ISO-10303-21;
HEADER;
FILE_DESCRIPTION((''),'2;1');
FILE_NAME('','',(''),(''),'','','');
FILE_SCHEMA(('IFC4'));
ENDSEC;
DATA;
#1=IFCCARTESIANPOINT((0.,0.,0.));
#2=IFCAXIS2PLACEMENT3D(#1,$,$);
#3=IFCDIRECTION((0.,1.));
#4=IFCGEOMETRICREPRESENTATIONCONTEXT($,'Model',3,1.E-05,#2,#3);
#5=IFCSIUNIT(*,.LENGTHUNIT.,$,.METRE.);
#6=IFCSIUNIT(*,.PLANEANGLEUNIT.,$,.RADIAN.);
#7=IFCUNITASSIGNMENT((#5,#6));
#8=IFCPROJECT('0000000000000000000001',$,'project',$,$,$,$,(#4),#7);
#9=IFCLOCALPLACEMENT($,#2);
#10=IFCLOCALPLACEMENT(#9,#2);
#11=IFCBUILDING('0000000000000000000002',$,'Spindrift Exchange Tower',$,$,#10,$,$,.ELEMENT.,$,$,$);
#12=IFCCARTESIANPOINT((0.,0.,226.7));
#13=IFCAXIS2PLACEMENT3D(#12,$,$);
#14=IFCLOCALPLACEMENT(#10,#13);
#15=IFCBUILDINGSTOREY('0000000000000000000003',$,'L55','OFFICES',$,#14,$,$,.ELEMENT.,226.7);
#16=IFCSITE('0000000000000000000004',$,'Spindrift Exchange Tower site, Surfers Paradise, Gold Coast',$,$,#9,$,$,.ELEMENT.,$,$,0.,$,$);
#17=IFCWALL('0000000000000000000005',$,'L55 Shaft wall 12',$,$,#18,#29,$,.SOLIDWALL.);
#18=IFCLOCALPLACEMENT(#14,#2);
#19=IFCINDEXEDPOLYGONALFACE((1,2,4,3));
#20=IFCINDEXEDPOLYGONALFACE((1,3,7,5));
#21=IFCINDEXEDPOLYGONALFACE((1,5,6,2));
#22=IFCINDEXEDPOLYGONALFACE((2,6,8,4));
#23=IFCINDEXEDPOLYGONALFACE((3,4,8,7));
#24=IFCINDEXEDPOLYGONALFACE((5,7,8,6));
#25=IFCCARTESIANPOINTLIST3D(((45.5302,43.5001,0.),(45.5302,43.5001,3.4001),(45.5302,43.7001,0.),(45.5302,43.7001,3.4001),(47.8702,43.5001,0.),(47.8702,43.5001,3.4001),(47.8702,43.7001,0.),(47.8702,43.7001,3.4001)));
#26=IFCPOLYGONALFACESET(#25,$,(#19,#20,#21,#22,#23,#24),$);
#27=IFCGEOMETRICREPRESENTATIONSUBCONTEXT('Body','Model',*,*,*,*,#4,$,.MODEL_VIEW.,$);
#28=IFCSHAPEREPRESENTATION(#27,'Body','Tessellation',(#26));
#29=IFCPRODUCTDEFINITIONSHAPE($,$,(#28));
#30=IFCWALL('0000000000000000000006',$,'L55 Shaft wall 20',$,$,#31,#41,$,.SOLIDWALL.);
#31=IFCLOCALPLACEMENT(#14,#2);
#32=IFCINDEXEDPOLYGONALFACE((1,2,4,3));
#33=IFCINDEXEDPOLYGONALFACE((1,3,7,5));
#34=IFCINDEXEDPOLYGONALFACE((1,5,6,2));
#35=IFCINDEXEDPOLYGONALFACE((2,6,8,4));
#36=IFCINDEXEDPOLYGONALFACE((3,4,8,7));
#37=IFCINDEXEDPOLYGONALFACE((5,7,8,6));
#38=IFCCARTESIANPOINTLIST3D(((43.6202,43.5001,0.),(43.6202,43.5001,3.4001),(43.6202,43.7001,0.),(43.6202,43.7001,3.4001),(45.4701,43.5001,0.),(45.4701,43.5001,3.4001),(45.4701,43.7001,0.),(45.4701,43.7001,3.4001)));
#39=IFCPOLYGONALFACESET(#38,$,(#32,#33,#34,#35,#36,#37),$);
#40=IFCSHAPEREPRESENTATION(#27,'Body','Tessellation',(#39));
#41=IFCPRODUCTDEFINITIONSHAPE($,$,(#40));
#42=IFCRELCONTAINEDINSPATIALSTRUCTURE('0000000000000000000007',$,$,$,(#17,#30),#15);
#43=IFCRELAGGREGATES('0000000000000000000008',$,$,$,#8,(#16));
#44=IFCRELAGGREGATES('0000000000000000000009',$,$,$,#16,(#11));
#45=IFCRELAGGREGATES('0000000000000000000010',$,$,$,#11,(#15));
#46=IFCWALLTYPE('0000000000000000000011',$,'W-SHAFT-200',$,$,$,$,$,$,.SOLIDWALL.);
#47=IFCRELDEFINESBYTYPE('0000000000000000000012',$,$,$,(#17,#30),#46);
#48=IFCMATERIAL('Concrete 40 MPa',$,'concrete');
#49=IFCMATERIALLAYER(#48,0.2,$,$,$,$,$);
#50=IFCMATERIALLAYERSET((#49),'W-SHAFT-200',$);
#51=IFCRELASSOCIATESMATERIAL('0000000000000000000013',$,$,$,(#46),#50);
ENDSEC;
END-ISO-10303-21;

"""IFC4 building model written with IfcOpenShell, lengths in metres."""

from ifc_helpers import new_model, si_unit, direction, frame, frame_2d, origin, place, context, subcontext, project, spatial, rectangle, extrude, material, layer, layer_set, type_object, element, save


model = new_model("IFC4")

# Units and contexts
model_context = context("Model", 3, precision=1e-05, world=origin(), true_north=direction((0.0, 1.0)))
body_context = subcontext(model_context, "Body", "Model", "MODEL_VIEW")
ifc_project = project(units=[si_unit("LENGTHUNIT", "METRE"), si_unit("PLANEANGLEUNIT", "RADIAN")], contexts=[model_context])

# Site, building, storey
site_placement = place(None, origin())
site = spatial("IfcSite", under=ifc_project, at=site_placement, Name="Spindrift Exchange Tower site, Surfers Paradise, Gold Coast", CompositionType="ELEMENT", RefElevation=0.0)
building_placement = place(site_placement, origin())
building = spatial("IfcBuilding", under=site, at=building_placement, Name="Spindrift Exchange Tower", CompositionType="ELEMENT")
storey_placement = place(building_placement, frame((0.0, 0.0, 226.7)))
storey = spatial("IfcBuildingStorey", under=building, at=storey_placement, Name="L55", Description="OFFICES", CompositionType="ELEMENT", Elevation=226.7)

# Shared definitions
ifc_material_1 = material(Name="Concrete 40 MPa", Category="concrete")
ifc_layer_1 = layer(ifc_material_1, 0.2)
ifc_layer_set_1 = layer_set([ifc_layer_1], Name="W-SHAFT-200")
wall_type_1 = type_object("IfcWallType", Name="W-SHAFT-200", PredefinedType="SOLIDWALL", material=ifc_layer_set_1)

# Walls
wall_1_placement = place(storey_placement, frame((47.8701, 43.6001, 0.0), z_axis=(0.0, 0.0, 1.0), x_axis=(-1.0, 0.0, 0.0)))
element("IfcWall", 1, at=wall_1_placement, inside=storey, type_object=wall_type_1, Name="L55 Shaft wall 12", PredefinedType="SOLIDWALL", context=body_context, shape_type="SweptSolid", body=[
    extrude(rectangle(XDim=2.3401, YDim=0.2, at=frame_2d((1.1699, 0.0))), origin(), (0.0, 0.0, 1.0), 3.4001),
])
wall_2_placement = place(storey_placement, frame((45.47, 43.6001, 0.0), z_axis=(0.0, 0.0, 1.0), x_axis=(-1.0, 0.0, 0.0)))
element("IfcWall", 2, at=wall_2_placement, inside=storey, type_object=wall_type_1, Name="L55 Shaft wall 20", PredefinedType="SOLIDWALL", context=body_context, shape_type="SweptSolid", body=[
    extrude(rectangle(XDim=1.8499, YDim=0.2, at=frame_2d((0.9248, 0.0))), origin(), (0.0, 0.0, 1.0), 3.4001),
])

save(model, "model.ifc")
